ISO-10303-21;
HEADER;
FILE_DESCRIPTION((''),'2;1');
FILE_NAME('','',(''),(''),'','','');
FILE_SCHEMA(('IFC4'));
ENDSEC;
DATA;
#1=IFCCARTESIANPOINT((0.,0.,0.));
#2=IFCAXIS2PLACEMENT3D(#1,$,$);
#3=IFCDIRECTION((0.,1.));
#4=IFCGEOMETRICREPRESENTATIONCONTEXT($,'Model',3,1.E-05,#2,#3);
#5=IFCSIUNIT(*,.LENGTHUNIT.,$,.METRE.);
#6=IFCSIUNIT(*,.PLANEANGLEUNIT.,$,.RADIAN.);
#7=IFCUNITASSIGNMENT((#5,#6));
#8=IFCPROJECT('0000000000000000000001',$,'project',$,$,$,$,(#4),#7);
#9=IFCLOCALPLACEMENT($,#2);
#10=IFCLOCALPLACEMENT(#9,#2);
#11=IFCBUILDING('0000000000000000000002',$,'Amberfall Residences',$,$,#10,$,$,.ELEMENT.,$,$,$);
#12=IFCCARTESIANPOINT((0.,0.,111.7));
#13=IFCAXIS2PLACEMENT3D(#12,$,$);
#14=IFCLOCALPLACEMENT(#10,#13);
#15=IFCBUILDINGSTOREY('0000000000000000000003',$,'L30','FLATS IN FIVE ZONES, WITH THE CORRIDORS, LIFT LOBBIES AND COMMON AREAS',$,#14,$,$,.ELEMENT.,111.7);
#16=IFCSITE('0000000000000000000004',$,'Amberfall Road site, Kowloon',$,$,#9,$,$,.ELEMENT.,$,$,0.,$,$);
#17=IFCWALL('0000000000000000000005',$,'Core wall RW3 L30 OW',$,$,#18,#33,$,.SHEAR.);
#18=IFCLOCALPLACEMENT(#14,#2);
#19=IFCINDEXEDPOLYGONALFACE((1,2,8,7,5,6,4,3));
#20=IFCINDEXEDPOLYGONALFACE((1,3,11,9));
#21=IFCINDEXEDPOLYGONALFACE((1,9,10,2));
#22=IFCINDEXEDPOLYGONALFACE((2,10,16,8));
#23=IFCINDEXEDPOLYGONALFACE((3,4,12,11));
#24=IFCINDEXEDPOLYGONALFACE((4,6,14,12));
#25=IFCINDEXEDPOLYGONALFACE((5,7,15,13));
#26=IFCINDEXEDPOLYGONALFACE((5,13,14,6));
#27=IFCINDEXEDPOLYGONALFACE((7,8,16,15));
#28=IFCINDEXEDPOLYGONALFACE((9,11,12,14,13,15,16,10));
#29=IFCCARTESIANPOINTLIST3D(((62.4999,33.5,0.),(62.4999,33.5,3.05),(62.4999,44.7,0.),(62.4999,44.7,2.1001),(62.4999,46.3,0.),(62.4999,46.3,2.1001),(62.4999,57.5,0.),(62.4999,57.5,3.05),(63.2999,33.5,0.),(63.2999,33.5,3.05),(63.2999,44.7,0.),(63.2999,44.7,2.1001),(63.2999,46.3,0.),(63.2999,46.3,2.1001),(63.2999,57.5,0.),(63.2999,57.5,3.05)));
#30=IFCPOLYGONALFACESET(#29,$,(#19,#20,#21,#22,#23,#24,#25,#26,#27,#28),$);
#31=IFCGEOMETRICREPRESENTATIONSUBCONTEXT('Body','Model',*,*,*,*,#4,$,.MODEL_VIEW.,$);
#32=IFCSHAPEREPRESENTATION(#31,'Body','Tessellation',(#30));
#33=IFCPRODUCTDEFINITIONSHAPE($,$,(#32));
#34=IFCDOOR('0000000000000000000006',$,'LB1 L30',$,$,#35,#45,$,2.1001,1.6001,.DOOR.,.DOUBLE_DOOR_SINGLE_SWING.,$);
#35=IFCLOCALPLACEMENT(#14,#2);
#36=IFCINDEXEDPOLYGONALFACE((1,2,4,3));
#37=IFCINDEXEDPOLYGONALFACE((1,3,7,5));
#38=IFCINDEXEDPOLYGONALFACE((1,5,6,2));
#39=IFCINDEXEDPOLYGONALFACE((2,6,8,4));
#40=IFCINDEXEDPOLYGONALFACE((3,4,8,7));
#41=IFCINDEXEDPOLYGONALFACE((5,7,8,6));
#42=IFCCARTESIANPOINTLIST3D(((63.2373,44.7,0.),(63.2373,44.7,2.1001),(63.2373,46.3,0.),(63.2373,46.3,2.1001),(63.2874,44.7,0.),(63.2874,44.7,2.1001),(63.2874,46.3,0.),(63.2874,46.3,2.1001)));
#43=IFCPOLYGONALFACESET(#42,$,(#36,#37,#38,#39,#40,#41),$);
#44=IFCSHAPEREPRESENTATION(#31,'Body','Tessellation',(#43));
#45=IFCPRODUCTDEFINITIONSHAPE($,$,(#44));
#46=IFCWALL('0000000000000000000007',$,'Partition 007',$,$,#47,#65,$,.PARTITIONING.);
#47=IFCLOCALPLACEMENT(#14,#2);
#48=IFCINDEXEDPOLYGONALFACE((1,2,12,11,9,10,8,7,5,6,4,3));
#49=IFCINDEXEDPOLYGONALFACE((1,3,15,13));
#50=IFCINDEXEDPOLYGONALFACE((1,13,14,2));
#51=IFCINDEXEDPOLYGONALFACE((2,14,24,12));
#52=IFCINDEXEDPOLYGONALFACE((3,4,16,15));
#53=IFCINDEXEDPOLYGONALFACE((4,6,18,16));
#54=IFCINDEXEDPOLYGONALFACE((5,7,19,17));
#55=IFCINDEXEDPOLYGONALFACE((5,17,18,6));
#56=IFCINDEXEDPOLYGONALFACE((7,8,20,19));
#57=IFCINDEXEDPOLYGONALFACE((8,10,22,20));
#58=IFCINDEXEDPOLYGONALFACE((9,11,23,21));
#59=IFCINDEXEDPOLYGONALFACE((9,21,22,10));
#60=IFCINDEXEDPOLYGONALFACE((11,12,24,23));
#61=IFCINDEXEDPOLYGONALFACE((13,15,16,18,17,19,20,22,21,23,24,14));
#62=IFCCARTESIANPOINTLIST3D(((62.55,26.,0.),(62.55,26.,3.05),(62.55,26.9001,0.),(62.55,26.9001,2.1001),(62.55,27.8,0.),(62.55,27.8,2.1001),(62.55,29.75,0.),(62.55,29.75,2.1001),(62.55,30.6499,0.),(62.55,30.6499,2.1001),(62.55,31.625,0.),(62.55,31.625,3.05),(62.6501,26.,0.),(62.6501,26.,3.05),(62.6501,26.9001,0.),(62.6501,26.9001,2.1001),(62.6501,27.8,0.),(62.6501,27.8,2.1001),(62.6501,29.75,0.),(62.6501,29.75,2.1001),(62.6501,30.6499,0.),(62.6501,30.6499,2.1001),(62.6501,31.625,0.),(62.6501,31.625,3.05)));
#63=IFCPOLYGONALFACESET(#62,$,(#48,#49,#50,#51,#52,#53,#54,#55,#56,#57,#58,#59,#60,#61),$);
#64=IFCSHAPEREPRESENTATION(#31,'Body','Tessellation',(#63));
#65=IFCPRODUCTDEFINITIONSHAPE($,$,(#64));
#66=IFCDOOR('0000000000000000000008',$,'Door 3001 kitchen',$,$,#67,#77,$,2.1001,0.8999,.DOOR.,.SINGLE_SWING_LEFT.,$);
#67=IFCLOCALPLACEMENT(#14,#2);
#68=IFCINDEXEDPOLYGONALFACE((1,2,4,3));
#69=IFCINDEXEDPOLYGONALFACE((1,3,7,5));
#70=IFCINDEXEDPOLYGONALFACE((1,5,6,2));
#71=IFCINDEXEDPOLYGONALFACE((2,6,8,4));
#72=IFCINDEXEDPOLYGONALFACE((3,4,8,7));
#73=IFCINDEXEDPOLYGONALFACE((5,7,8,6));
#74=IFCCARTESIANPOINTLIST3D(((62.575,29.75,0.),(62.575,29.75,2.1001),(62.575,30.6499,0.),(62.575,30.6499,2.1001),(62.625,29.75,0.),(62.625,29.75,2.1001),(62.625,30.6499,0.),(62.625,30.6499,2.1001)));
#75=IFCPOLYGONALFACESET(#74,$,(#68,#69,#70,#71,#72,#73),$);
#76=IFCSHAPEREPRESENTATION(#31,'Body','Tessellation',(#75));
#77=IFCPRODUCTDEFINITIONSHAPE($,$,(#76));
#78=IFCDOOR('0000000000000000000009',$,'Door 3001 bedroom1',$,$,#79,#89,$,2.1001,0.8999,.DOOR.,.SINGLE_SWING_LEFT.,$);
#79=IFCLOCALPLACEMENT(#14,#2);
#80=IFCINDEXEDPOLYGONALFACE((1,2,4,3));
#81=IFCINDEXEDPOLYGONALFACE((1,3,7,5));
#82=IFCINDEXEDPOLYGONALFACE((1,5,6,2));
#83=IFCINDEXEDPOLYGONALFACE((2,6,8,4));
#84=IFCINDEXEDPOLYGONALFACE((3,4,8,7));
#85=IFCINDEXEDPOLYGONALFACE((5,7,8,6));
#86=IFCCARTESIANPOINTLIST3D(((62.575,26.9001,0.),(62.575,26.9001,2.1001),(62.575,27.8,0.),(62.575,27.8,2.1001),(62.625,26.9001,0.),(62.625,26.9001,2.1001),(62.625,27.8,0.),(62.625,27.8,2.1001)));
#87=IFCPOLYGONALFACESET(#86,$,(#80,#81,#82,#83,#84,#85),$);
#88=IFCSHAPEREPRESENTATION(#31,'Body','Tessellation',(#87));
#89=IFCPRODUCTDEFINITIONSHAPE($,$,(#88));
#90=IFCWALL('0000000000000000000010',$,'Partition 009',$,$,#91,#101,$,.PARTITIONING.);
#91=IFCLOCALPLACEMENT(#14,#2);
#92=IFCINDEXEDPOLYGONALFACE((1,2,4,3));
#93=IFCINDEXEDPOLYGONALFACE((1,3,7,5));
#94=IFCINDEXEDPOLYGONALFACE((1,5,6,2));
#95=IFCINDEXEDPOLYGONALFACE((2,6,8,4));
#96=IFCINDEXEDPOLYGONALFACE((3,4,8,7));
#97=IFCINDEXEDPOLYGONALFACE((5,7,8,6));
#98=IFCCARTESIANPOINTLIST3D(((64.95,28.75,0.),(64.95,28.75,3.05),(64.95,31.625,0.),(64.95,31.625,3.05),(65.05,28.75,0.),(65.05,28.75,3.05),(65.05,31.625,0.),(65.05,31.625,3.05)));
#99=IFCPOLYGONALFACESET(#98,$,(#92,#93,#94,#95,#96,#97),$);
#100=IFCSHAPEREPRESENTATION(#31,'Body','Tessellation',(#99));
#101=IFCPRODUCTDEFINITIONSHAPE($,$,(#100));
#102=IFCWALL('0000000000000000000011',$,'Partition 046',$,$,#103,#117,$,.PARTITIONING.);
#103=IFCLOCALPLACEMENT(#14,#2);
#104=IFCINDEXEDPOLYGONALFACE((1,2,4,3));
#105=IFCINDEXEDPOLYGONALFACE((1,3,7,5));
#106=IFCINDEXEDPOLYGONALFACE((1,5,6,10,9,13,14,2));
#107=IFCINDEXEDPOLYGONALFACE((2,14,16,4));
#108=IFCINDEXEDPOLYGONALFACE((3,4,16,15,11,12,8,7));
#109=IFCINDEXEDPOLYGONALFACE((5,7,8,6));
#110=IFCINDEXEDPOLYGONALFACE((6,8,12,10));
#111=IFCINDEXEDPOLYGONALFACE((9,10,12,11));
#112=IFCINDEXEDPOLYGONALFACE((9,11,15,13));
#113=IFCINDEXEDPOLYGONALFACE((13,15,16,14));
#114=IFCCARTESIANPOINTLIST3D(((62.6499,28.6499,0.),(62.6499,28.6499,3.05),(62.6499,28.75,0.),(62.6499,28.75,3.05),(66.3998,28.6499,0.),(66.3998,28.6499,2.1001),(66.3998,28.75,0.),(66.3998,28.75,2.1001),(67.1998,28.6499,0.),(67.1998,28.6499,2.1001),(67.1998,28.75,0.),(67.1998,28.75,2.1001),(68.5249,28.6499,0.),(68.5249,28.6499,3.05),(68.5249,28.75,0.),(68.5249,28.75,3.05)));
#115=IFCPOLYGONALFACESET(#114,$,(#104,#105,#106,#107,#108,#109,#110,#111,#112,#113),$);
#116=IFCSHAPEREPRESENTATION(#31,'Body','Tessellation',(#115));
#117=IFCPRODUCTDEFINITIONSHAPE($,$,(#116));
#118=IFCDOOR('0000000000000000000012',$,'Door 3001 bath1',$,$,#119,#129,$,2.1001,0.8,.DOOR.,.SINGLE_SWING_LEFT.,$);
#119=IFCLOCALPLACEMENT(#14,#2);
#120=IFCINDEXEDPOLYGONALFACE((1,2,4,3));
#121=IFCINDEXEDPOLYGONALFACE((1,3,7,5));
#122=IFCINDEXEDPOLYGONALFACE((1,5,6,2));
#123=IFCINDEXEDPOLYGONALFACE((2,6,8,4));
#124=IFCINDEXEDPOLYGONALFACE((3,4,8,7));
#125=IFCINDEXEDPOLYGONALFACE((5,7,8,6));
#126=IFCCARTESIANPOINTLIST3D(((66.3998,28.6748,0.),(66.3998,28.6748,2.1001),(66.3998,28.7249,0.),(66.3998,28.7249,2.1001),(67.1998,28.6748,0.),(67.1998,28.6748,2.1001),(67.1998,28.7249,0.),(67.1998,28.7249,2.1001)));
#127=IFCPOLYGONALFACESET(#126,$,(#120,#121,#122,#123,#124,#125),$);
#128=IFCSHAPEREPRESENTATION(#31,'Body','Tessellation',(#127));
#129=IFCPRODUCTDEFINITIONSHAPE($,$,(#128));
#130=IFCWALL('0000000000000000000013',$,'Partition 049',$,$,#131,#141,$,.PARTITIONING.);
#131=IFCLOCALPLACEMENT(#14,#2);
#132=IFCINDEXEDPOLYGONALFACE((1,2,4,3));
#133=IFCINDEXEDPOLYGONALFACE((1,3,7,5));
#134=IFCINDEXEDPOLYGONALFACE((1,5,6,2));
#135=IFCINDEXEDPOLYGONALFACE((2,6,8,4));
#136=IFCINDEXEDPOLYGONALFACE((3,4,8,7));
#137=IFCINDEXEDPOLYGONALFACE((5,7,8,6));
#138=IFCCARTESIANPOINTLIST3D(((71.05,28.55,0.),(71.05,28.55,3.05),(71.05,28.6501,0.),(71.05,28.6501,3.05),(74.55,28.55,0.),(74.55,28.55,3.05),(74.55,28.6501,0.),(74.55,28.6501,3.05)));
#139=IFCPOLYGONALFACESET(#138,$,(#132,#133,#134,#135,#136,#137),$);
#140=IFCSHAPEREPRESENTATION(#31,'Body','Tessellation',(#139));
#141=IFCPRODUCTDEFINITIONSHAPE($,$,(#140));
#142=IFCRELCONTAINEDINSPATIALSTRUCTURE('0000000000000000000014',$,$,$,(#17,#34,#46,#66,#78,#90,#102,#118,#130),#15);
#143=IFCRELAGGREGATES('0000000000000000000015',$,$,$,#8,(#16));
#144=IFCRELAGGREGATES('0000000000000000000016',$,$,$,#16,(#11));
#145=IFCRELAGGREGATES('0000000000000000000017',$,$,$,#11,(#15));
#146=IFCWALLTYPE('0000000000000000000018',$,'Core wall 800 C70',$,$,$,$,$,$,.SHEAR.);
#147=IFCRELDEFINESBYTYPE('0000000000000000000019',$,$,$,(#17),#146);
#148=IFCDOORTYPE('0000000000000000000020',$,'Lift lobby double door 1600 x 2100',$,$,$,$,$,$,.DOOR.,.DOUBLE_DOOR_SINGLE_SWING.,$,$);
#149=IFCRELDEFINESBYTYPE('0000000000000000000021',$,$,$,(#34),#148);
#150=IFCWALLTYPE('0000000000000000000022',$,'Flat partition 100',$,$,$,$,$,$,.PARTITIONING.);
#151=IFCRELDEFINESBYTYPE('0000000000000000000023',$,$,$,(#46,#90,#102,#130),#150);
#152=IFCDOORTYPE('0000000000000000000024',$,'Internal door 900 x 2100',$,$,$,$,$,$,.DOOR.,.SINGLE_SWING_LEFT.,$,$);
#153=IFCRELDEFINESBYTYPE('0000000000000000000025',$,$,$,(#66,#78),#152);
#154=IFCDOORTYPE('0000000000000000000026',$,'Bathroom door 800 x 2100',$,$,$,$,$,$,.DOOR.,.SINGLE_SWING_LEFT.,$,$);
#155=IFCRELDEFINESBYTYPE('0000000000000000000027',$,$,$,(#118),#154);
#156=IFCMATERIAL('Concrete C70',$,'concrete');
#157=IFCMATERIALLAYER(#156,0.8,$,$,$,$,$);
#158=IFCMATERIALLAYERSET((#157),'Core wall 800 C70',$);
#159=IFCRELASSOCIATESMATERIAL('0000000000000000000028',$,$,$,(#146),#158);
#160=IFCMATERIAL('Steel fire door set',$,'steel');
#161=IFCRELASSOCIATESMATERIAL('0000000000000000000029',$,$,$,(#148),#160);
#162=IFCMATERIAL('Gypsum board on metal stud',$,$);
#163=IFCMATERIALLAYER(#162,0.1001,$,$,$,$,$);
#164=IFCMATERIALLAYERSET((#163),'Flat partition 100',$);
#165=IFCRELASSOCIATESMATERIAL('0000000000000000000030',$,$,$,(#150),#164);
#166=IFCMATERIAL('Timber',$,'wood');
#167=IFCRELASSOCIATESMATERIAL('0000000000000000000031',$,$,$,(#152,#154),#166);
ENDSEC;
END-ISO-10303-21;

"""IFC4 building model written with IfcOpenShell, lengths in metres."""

from ifc_helpers import new_model, si_unit, direction, frame, frame_2d, origin, place, context, subcontext, project, spatial, rectangle, extrude, material, layer, layer_set, type_object, element, fill, save


model = new_model("IFC4")

# Units and contexts
model_context = context("Model", 3, precision=1e-05, world=origin(), true_north=direction((0.0, 1.0)))
body_context = subcontext(model_context, "Body", "Model", "MODEL_VIEW")
ifc_project = project(units=[si_unit("LENGTHUNIT", "METRE"), si_unit("PLANEANGLEUNIT", "RADIAN")], contexts=[model_context])

# Site, building, storey
site_placement = place(None, origin())
site = spatial("IfcSite", under=ifc_project, at=site_placement, Name="Amberfall Road site, Kowloon", CompositionType="ELEMENT", RefElevation=0.0)
building_placement = place(site_placement, origin())
building = spatial("IfcBuilding", under=site, at=building_placement, Name="Amberfall Residences", CompositionType="ELEMENT")
storey_placement = place(building_placement, frame((0.0, 0.0, 111.7)))
storey = spatial("IfcBuildingStorey", under=building, at=storey_placement, Name="L30", Description="FLATS IN FIVE ZONES, WITH THE CORRIDORS, LIFT LOBBIES AND COMMON AREAS", CompositionType="ELEMENT", Elevation=111.7)

# Wall, opening, door
ifc_material_1 = material(Name="Concrete C70", Category="concrete")
ifc_layer_1 = layer(ifc_material_1, 0.8)
ifc_layer_set_1 = layer_set([ifc_layer_1], Name="Core wall 800 C70")
wall_type_1 = type_object("IfcWallType", Name="Core wall 800 C70", PredefinedType="SHEAR", material=ifc_layer_set_1)
wall_1_placement = place(storey_placement, frame((62.8999, 33.5, 0.0), z_axis=(0.0, 0.0, 1.0), x_axis=(0.0, 1.0, 0.0)))
wall_1 = element("IfcWall", 1, at=wall_1_placement, inside=storey, type_object=wall_type_1, Name="Core wall RW3 L30 OW", PredefinedType="SHEAR", context=body_context, shape_type="SweptSolid", body=[
    extrude(rectangle(XDim=24.0, YDim=0.8, at=frame_2d((12.0, 0.0))), origin(), (0.0, 0.0, 1.0), 3.05),
])
opening_1_placement = place(wall_1_placement, frame((11.2, 0.0, 0.0)))
opening_1 = element("IfcOpeningElement", 2, at=opening_1_placement, cuts=wall_1, PredefinedType="OPENING", context=body_context, shape_type="SweptSolid", body=[
    extrude(rectangle(XDim=1.6001, YDim=2.1001, at=frame_2d((0.8, 1.05))), frame((0.0, 0.4099, 0.0), z_axis=(0.0, -1.0, 0.0), x_axis=(1.0, 0.0, 0.0)), (0.0, 0.0, 1.0), 0.8201),
])
ifc_material_2 = material(Name="Steel fire door set", Category="steel")
door_type_1 = type_object("IfcDoorType", Name="Lift lobby double door 1600 x 2100", OperationType="DOUBLE_DOOR_SINGLE_SWING", PredefinedType="DOOR", material=ifc_material_2)
door_1_placement = place(opening_1_placement, origin())
door_1 = element("IfcDoor", 3, at=door_1_placement, inside=storey, type_object=door_type_1, Name="LB1 L30", OperationType="DOUBLE_DOOR_SINGLE_SWING", OverallHeight=2.1001, OverallWidth=1.6001, PredefinedType="DOOR", context=body_context, shape_type="SweptSolid", body=[
    extrude(rectangle(XDim=1.6001, YDim=2.1001, at=frame_2d((0.8, 1.05))), frame((0.0, -0.3374, 0.0), z_axis=(0.0, -1.0, 0.0), x_axis=(1.0, 0.0, 0.0)), (0.0, 0.0, 1.0), 0.05),
])
fill(opening_1, door_1)

# Wall, openings, doors
ifc_material_3 = material(Name="Gypsum board on metal stud")
ifc_layer_2 = layer(ifc_material_3, 0.1001)
ifc_layer_set_2 = layer_set([ifc_layer_2], Name="Flat partition 100")
wall_type_2 = type_object("IfcWallType", Name="Flat partition 100", PredefinedType="PARTITIONING", material=ifc_layer_set_2)
wall_2_placement = place(storey_placement, frame((62.6001, 31.625, 0.0), z_axis=(0.0, 0.0, 1.0), x_axis=(0.0, -1.0, 0.0)))
wall_2 = element("IfcWall", 4, at=wall_2_placement, inside=storey, type_object=wall_type_2, Name="Partition 007", PredefinedType="PARTITIONING", context=body_context, shape_type="SweptSolid", body=[
    extrude(rectangle(XDim=5.625, YDim=0.1001, at=frame_2d((2.8125, 0.0))), origin(), (0.0, 0.0, 1.0), 3.05),
])
opening_2_placement = place(wall_2_placement, frame((0.9751, 0.0, 0.0)))
opening_2 = element("IfcOpeningElement", 5, at=opening_2_placement, cuts=wall_2, PredefinedType="OPENING", context=body_context, shape_type="SweptSolid", body=[
    extrude(rectangle(XDim=0.8999, YDim=2.1001, at=frame_2d((0.45, 1.05))), frame((0.0, 0.0601, 0.0), z_axis=(0.0, -1.0, 0.0), x_axis=(1.0, 0.0, 0.0)), (0.0, 0.0, 1.0), 0.1201),
])
opening_3_placement = place(wall_2_placement, frame((3.825, 0.0, 0.0)))
opening_3 = element("IfcOpeningElement", 6, at=opening_3_placement, cuts=wall_2, PredefinedType="OPENING", context=body_context, shape_type="SweptSolid", body=[
    extrude(rectangle(XDim=0.8999, YDim=2.1001, at=frame_2d((0.45, 1.05))), frame((0.0, 0.0601, 0.0), z_axis=(0.0, -1.0, 0.0), x_axis=(1.0, 0.0, 0.0)), (0.0, 0.0, 1.0), 0.1201),
])
ifc_material_4 = material(Name="Timber", Category="wood")
door_type_2 = type_object("IfcDoorType", Name="Internal door 900 x 2100", OperationType="SINGLE_SWING_LEFT", PredefinedType="DOOR", material=ifc_material_4)
door_2_placement = place(opening_2_placement, origin())
door_2 = element("IfcDoor", 7, at=door_2_placement, inside=storey, type_object=door_type_2, Name="Door 3001 kitchen", OperationType="SINGLE_SWING_LEFT", OverallHeight=2.1001, OverallWidth=0.8999, PredefinedType="DOOR", context=body_context, shape_type="SweptSolid", body=[
    extrude(rectangle(XDim=0.8999, YDim=2.1001, at=frame_2d((0.45, 1.05))), frame((0.0, 0.0249, 0.0), z_axis=(0.0, -1.0, 0.0), x_axis=(1.0, 0.0, 0.0)), (0.0, 0.0, 1.0), 0.05),
])
fill(opening_2, door_2)
door_3_placement = place(opening_3_placement, origin())
door_3 = element("IfcDoor", 8, at=door_3_placement, inside=storey, type_object=door_type_2, Name="Door 3001 bedroom1", OperationType="SINGLE_SWING_LEFT", OverallHeight=2.1001, OverallWidth=0.8999, PredefinedType="DOOR", context=body_context, shape_type="SweptSolid", body=[
    extrude(rectangle(XDim=0.8999, YDim=2.1001, at=frame_2d((0.45, 1.05))), frame((0.0, 0.0249, 0.0), z_axis=(0.0, -1.0, 0.0), x_axis=(1.0, 0.0, 0.0)), (0.0, 0.0, 1.0), 0.05),
])
fill(opening_3, door_3)

# Wall
wall_3_placement = place(storey_placement, frame((65.0, 28.75, 0.0), z_axis=(0.0, 0.0, 1.0), x_axis=(0.0, 1.0, 0.0)))
element("IfcWall", 9, at=wall_3_placement, inside=storey, type_object=wall_type_2, Name="Partition 009", PredefinedType="PARTITIONING", context=body_context, shape_type="SweptSolid", body=[
    extrude(rectangle(XDim=2.875, YDim=0.1001, at=frame_2d((1.4375, 0.0))), origin(), (0.0, 0.0, 1.0), 3.05),
])

# Wall, opening, door
wall_4_placement = place(storey_placement, frame((62.6499, 28.7, 0.0), z_axis=(0.0, 0.0, 1.0), x_axis=(1.0, 0.0, 0.0)))
wall_4 = element("IfcWall", 10, at=wall_4_placement, inside=storey, type_object=wall_type_2, Name="Partition 046", PredefinedType="PARTITIONING", context=body_context, shape_type="SweptSolid", body=[
    extrude(rectangle(XDim=5.875, YDim=0.1001, at=frame_2d((2.9375, 0.0))), origin(), (0.0, 0.0, 1.0), 3.05),
])
opening_4_placement = place(wall_4_placement, frame((3.75, 0.0, 0.0)))
opening_4 = element("IfcOpeningElement", 11, at=opening_4_placement, cuts=wall_4, PredefinedType="OPENING", context=body_context, shape_type="SweptSolid", body=[
    extrude(rectangle(XDim=0.8, YDim=2.1001, at=frame_2d((0.3999, 1.05))), frame((0.0, 0.0601, 0.0), z_axis=(0.0, -1.0, 0.0), x_axis=(1.0, 0.0, 0.0)), (0.0, 0.0, 1.0), 0.1201),
])
door_type_3 = type_object("IfcDoorType", Name="Bathroom door 800 x 2100", OperationType="SINGLE_SWING_LEFT", PredefinedType="DOOR", material=ifc_material_4)
door_4_placement = place(opening_4_placement, origin())
door_4 = element("IfcDoor", 12, at=door_4_placement, inside=storey, type_object=door_type_3, Name="Door 3001 bath1", OperationType="SINGLE_SWING_LEFT", OverallHeight=2.1001, OverallWidth=0.8, PredefinedType="DOOR", context=body_context, shape_type="SweptSolid", body=[
    extrude(rectangle(XDim=0.8, YDim=2.1001, at=frame_2d((0.3999, 1.05))), frame((0.0, 0.0249, 0.0), z_axis=(0.0, -1.0, 0.0), x_axis=(1.0, 0.0, 0.0)), (0.0, 0.0, 1.0), 0.05),
])
fill(opening_4, door_4)

# Wall
wall_5_placement = place(storey_placement, frame((71.05, 28.6001, 0.0), z_axis=(0.0, 0.0, 1.0), x_axis=(1.0, 0.0, 0.0)))
element("IfcWall", 13, at=wall_5_placement, inside=storey, type_object=wall_type_2, Name="Partition 049", PredefinedType="PARTITIONING", context=body_context, shape_type="SweptSolid", body=[
    extrude(rectangle(XDim=3.5, YDim=0.1001, at=frame_2d((1.75, 0.0))), origin(), (0.0, 0.0, 1.0), 3.05),
])

save(model, "model.ifc")
